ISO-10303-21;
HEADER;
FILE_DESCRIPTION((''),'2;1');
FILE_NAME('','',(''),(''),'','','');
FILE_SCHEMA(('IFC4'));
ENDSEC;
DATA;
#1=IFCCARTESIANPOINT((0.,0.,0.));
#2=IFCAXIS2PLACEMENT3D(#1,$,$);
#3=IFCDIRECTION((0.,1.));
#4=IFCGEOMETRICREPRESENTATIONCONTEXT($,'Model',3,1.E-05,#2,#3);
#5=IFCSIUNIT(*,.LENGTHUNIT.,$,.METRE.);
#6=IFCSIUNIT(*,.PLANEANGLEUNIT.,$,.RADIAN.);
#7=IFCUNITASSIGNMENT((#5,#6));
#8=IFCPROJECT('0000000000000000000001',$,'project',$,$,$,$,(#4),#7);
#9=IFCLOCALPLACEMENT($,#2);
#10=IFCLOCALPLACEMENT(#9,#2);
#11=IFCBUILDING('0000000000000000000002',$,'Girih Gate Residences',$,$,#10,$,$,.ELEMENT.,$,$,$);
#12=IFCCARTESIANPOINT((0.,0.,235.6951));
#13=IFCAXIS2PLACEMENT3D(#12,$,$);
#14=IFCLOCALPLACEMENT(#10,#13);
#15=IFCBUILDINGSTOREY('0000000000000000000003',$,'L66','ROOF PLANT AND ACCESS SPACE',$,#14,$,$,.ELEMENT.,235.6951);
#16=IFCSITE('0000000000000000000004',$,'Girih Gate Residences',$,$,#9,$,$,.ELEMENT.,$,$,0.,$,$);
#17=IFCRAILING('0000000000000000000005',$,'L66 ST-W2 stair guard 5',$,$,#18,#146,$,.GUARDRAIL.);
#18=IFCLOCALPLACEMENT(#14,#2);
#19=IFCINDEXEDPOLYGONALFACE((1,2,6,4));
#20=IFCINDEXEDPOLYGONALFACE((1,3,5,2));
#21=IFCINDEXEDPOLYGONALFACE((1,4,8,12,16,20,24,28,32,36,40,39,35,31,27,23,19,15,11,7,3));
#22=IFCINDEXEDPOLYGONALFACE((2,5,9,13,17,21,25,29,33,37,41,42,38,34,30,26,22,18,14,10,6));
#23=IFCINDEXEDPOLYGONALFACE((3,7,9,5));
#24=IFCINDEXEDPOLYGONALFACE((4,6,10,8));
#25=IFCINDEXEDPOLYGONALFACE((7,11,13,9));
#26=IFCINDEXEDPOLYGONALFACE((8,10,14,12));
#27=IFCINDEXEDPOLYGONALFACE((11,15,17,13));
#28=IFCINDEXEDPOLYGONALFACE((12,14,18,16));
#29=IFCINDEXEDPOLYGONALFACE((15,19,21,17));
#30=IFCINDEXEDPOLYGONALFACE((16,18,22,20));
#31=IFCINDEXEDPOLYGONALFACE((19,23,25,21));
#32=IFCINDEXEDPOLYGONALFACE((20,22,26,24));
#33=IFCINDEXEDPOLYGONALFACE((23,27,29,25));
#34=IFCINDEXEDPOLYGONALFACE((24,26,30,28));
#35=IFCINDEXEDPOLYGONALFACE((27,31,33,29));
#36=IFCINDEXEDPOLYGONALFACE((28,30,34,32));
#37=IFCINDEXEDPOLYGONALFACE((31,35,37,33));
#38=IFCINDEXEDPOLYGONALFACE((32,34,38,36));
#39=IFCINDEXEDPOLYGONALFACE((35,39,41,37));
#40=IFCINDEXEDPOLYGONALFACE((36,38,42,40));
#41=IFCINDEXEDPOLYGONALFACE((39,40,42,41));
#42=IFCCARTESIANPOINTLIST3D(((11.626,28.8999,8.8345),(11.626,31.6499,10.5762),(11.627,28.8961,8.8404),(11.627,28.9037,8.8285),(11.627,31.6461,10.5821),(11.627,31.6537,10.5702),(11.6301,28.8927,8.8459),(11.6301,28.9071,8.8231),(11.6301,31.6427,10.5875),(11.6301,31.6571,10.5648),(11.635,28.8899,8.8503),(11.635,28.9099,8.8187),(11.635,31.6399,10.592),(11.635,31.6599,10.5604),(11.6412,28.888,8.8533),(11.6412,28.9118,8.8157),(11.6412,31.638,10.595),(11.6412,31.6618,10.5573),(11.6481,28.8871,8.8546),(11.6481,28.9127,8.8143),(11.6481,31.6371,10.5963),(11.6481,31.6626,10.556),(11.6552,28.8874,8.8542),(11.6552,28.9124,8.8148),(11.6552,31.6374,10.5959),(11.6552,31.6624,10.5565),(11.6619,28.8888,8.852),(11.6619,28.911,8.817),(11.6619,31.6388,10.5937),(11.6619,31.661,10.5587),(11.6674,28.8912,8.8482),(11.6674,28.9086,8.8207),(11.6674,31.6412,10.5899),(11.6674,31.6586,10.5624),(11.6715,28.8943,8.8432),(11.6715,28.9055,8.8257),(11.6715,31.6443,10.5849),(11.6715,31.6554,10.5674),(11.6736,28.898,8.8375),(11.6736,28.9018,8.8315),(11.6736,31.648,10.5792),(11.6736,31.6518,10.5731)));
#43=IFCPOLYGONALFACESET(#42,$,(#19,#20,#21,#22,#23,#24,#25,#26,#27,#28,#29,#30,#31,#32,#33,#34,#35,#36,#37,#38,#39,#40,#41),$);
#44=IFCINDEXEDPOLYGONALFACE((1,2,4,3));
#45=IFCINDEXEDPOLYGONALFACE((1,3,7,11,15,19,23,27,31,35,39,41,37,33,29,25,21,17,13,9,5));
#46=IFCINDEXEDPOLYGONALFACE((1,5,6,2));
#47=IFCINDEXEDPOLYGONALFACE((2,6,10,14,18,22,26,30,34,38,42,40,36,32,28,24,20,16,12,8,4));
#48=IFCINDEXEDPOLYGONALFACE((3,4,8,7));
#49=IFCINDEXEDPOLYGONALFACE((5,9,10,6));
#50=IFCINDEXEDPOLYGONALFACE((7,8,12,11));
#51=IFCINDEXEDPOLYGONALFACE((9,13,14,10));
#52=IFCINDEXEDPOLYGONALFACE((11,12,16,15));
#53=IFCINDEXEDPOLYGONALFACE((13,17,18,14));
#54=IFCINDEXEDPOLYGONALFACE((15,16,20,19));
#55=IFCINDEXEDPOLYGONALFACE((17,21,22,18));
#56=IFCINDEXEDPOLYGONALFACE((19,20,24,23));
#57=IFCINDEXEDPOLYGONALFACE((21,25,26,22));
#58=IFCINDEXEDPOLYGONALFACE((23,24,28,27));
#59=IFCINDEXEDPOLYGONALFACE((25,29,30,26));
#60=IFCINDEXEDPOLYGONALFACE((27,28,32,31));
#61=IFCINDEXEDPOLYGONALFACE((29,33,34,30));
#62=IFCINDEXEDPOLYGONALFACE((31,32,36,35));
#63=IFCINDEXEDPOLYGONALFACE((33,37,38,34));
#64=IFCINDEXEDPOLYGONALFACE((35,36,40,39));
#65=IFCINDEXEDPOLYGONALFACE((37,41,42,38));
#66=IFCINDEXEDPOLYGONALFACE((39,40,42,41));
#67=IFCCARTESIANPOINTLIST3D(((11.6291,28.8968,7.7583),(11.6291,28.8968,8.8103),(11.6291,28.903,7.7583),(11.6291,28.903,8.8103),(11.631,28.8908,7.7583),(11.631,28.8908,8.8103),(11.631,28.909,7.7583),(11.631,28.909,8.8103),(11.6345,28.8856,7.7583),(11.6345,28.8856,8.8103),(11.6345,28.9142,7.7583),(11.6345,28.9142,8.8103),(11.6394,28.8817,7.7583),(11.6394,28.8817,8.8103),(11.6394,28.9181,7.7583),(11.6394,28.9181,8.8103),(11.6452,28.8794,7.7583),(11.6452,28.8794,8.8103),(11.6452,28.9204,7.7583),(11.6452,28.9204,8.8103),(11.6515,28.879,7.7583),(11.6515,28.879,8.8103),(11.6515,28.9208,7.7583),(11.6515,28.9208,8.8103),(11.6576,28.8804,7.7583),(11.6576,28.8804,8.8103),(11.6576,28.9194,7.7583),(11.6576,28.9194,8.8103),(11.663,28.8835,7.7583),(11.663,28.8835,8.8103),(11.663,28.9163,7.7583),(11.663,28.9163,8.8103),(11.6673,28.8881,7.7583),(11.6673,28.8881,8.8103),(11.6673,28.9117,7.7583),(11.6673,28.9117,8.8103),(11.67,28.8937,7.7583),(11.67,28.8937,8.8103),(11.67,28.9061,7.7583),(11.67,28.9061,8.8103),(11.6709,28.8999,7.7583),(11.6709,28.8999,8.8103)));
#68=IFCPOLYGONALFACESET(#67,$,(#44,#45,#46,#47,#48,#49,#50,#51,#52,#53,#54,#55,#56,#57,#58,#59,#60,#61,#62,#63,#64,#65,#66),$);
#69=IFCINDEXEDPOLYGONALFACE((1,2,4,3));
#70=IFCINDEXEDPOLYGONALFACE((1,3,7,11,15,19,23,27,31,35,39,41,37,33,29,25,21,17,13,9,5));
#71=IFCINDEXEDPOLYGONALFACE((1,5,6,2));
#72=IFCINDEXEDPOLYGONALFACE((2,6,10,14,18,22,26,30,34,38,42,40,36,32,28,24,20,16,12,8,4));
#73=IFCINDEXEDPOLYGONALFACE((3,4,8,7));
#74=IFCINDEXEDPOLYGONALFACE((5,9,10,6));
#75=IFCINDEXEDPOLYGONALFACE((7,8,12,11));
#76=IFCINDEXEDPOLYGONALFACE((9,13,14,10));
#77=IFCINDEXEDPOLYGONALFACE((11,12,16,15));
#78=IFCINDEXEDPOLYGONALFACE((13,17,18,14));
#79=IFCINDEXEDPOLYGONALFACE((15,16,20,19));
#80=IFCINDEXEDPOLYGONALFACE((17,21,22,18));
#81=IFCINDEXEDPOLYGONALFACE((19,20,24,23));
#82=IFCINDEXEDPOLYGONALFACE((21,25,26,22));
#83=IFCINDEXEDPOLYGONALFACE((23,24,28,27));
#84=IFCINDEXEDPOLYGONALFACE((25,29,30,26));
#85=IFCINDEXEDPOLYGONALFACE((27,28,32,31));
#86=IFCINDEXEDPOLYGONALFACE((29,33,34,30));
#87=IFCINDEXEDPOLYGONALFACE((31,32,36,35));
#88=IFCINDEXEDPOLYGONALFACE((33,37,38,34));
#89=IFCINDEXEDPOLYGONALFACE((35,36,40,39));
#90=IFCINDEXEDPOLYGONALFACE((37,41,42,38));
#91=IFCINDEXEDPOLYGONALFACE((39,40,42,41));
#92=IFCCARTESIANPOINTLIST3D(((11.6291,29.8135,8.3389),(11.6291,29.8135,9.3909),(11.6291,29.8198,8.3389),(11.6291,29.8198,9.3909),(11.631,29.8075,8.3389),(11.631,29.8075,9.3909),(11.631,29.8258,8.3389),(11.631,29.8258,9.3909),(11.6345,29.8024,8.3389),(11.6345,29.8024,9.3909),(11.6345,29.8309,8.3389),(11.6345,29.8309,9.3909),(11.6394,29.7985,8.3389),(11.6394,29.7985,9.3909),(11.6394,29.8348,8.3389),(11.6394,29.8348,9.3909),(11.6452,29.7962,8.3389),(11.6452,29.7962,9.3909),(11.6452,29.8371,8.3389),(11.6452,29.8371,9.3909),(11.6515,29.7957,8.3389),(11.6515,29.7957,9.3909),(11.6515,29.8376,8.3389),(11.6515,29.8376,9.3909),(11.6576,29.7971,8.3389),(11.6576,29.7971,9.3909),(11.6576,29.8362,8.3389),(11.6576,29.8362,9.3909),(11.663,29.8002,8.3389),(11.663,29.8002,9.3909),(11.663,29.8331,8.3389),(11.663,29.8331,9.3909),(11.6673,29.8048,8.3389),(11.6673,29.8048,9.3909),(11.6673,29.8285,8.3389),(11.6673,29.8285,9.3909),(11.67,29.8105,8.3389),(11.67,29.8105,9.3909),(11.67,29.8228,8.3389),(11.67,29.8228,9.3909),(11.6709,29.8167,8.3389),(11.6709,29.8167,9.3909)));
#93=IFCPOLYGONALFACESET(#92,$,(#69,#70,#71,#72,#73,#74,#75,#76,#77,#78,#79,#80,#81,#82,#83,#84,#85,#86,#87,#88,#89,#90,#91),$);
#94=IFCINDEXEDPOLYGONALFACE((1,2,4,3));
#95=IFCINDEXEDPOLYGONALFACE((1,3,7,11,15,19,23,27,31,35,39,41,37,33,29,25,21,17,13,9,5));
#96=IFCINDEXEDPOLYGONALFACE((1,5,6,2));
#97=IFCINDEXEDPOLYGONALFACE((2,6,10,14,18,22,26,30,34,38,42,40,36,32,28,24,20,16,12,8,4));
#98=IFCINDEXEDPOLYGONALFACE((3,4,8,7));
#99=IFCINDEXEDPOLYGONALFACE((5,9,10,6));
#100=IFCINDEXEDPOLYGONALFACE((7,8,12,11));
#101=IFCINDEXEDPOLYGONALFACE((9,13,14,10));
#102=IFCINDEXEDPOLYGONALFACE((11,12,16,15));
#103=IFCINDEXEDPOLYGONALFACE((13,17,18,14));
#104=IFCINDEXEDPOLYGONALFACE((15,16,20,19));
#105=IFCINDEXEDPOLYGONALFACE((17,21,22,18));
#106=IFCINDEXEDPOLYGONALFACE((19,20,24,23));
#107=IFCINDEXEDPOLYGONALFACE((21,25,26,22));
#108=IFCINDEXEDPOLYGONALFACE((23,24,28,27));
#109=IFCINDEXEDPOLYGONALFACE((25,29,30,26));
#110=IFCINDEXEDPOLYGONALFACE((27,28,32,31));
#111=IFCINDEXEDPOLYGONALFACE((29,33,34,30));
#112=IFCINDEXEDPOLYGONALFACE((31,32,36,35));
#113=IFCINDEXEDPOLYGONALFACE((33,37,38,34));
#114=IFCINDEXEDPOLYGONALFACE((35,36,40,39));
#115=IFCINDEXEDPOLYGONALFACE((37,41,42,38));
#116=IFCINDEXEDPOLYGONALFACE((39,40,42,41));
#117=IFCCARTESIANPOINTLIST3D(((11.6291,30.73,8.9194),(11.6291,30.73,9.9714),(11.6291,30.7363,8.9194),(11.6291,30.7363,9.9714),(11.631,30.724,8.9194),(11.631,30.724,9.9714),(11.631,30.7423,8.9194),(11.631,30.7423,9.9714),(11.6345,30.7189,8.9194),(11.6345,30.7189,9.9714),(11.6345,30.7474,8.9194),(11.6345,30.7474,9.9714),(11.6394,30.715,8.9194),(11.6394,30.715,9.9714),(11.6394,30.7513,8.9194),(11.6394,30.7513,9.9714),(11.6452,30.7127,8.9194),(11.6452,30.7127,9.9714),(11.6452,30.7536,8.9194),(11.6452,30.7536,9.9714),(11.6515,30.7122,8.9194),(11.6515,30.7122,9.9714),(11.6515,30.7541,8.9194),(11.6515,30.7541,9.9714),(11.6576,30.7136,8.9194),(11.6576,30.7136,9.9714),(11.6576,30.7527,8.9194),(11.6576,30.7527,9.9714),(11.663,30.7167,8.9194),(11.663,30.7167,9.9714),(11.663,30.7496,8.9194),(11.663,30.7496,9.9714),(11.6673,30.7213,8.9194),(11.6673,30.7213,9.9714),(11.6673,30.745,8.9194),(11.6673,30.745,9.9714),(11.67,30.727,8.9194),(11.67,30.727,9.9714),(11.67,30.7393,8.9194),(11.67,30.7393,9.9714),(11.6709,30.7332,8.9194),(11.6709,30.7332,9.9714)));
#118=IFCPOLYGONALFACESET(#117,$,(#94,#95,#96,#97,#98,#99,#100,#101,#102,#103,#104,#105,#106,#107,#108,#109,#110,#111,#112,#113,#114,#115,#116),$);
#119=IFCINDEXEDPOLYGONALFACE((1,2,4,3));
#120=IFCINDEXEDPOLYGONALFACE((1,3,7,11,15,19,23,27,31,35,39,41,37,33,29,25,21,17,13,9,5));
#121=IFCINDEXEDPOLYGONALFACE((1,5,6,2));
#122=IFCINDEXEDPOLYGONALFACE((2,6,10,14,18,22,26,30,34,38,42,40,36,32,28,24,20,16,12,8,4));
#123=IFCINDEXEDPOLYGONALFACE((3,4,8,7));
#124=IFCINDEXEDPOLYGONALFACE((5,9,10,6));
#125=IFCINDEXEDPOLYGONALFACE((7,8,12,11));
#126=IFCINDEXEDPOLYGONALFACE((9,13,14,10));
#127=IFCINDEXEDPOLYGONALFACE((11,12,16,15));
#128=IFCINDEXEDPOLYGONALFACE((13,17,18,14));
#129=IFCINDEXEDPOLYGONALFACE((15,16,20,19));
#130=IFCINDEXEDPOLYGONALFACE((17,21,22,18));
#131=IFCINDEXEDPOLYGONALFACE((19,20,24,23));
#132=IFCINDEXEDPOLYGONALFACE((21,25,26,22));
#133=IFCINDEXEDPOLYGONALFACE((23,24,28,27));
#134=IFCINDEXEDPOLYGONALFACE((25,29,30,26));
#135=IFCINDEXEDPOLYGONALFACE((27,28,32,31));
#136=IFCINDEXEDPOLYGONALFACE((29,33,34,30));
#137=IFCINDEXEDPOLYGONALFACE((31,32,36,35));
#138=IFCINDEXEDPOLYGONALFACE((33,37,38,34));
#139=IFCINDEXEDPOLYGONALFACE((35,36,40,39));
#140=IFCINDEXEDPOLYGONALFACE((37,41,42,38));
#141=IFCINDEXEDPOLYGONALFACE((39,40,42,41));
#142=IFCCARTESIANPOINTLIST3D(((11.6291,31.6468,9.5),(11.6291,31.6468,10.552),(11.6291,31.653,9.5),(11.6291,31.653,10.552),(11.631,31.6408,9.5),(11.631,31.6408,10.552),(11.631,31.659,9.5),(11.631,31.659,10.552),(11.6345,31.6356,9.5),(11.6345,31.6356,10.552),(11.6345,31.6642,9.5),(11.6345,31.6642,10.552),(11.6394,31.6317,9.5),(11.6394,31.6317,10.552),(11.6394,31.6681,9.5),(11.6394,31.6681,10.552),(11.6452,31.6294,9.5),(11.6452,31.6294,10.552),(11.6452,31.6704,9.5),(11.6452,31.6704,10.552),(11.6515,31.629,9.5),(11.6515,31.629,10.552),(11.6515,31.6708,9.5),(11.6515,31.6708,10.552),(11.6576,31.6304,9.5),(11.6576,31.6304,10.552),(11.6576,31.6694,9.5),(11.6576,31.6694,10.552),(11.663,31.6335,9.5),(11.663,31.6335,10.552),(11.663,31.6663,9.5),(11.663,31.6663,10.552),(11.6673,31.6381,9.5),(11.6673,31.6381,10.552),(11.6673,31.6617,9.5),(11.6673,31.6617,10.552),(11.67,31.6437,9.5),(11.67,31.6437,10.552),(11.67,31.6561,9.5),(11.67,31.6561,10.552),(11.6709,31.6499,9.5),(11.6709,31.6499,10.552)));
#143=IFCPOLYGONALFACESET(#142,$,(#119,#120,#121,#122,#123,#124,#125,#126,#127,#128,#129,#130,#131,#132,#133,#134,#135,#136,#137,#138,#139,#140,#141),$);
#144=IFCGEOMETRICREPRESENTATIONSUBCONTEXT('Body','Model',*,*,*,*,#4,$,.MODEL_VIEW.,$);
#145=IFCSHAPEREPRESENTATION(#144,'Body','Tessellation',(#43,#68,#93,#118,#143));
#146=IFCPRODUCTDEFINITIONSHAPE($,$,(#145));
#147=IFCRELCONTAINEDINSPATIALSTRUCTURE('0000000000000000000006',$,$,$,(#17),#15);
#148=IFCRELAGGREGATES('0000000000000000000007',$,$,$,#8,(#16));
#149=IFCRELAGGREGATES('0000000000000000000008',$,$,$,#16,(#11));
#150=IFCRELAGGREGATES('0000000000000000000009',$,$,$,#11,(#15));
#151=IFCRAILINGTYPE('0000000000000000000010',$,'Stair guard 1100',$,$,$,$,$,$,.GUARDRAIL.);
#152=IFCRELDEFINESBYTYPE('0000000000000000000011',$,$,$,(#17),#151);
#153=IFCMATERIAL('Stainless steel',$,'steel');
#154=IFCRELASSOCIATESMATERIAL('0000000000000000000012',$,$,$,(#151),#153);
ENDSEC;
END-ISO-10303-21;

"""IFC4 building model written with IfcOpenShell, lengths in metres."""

from ifc_helpers import new_model, si_unit, direction, frame, origin, origin_2d, place, context, subcontext, project, spatial, circle, extrude, material, type_object, element, save


model = new_model("IFC4")

# Units and contexts
model_context = context("Model", 3, precision=1e-05, world=origin(), true_north=direction((0.0, 1.0)))
body_context = subcontext(model_context, "Body", "Model", "MODEL_VIEW")
ifc_project = project(units=[si_unit("LENGTHUNIT", "METRE"), si_unit("PLANEANGLEUNIT", "RADIAN")], contexts=[model_context])

# Site, building, storey
site_placement = place(None, origin())
site = spatial("IfcSite", under=ifc_project, at=site_placement, Name="Girih Gate Residences", CompositionType="ELEMENT", RefElevation=0.0)
building_placement = place(site_placement, origin())
building = spatial("IfcBuilding", under=site, at=building_placement, Name="Girih Gate Residences", CompositionType="ELEMENT")
storey_placement = place(building_placement, frame((0.0, 0.0, 235.6951)))
storey = spatial("IfcBuildingStorey", under=building, at=storey_placement, Name="L66", Description="ROOF PLANT AND ACCESS SPACE", CompositionType="ELEMENT", Elevation=235.6951)

# Railing
ifc_material_1 = material(Name="Stainless steel", Category="steel")
railing_type_1 = type_object("IfcRailingType", Name="Stair guard 1100", PredefinedType="GUARDRAIL", material=ifc_material_1)
railing_1_placement = place(storey_placement, frame((11.6499, 28.8999, 7.7583)))
element("IfcRailing", 1, at=railing_1_placement, inside=storey, type_object=railing_type_1, Name="L66 ST-W2 stair guard 5", PredefinedType="GUARDRAIL", context=body_context, shape_type="SweptSolid", body=[
    extrude(circle(Radius=0.0239, at=origin_2d()), frame((0.0, 0.0, 1.0762), z_axis=(0.0, 0.844815, 0.535059), x_axis=(-1.0, 0.0, 0.0)), (0.0, 0.0, 1.0), 3.2551),
    extrude(circle(Radius=0.021, at=origin_2d()), origin(), (0.0, 0.0, 1.0), 1.052),
    extrude(circle(Radius=0.021, at=origin_2d()), frame((0.0, 0.9167, 0.5806)), (0.0, 0.0, 1.0), 1.052),
    extrude(circle(Radius=0.021, at=origin_2d()), frame((0.0, 1.8333, 1.1611)), (0.0, 0.0, 1.0), 1.052),
    extrude(circle(Radius=0.021, at=origin_2d()), frame((0.0, 2.75, 1.7417)), (0.0, 0.0, 1.0), 1.052),
])

save(model, "model.ifc")
